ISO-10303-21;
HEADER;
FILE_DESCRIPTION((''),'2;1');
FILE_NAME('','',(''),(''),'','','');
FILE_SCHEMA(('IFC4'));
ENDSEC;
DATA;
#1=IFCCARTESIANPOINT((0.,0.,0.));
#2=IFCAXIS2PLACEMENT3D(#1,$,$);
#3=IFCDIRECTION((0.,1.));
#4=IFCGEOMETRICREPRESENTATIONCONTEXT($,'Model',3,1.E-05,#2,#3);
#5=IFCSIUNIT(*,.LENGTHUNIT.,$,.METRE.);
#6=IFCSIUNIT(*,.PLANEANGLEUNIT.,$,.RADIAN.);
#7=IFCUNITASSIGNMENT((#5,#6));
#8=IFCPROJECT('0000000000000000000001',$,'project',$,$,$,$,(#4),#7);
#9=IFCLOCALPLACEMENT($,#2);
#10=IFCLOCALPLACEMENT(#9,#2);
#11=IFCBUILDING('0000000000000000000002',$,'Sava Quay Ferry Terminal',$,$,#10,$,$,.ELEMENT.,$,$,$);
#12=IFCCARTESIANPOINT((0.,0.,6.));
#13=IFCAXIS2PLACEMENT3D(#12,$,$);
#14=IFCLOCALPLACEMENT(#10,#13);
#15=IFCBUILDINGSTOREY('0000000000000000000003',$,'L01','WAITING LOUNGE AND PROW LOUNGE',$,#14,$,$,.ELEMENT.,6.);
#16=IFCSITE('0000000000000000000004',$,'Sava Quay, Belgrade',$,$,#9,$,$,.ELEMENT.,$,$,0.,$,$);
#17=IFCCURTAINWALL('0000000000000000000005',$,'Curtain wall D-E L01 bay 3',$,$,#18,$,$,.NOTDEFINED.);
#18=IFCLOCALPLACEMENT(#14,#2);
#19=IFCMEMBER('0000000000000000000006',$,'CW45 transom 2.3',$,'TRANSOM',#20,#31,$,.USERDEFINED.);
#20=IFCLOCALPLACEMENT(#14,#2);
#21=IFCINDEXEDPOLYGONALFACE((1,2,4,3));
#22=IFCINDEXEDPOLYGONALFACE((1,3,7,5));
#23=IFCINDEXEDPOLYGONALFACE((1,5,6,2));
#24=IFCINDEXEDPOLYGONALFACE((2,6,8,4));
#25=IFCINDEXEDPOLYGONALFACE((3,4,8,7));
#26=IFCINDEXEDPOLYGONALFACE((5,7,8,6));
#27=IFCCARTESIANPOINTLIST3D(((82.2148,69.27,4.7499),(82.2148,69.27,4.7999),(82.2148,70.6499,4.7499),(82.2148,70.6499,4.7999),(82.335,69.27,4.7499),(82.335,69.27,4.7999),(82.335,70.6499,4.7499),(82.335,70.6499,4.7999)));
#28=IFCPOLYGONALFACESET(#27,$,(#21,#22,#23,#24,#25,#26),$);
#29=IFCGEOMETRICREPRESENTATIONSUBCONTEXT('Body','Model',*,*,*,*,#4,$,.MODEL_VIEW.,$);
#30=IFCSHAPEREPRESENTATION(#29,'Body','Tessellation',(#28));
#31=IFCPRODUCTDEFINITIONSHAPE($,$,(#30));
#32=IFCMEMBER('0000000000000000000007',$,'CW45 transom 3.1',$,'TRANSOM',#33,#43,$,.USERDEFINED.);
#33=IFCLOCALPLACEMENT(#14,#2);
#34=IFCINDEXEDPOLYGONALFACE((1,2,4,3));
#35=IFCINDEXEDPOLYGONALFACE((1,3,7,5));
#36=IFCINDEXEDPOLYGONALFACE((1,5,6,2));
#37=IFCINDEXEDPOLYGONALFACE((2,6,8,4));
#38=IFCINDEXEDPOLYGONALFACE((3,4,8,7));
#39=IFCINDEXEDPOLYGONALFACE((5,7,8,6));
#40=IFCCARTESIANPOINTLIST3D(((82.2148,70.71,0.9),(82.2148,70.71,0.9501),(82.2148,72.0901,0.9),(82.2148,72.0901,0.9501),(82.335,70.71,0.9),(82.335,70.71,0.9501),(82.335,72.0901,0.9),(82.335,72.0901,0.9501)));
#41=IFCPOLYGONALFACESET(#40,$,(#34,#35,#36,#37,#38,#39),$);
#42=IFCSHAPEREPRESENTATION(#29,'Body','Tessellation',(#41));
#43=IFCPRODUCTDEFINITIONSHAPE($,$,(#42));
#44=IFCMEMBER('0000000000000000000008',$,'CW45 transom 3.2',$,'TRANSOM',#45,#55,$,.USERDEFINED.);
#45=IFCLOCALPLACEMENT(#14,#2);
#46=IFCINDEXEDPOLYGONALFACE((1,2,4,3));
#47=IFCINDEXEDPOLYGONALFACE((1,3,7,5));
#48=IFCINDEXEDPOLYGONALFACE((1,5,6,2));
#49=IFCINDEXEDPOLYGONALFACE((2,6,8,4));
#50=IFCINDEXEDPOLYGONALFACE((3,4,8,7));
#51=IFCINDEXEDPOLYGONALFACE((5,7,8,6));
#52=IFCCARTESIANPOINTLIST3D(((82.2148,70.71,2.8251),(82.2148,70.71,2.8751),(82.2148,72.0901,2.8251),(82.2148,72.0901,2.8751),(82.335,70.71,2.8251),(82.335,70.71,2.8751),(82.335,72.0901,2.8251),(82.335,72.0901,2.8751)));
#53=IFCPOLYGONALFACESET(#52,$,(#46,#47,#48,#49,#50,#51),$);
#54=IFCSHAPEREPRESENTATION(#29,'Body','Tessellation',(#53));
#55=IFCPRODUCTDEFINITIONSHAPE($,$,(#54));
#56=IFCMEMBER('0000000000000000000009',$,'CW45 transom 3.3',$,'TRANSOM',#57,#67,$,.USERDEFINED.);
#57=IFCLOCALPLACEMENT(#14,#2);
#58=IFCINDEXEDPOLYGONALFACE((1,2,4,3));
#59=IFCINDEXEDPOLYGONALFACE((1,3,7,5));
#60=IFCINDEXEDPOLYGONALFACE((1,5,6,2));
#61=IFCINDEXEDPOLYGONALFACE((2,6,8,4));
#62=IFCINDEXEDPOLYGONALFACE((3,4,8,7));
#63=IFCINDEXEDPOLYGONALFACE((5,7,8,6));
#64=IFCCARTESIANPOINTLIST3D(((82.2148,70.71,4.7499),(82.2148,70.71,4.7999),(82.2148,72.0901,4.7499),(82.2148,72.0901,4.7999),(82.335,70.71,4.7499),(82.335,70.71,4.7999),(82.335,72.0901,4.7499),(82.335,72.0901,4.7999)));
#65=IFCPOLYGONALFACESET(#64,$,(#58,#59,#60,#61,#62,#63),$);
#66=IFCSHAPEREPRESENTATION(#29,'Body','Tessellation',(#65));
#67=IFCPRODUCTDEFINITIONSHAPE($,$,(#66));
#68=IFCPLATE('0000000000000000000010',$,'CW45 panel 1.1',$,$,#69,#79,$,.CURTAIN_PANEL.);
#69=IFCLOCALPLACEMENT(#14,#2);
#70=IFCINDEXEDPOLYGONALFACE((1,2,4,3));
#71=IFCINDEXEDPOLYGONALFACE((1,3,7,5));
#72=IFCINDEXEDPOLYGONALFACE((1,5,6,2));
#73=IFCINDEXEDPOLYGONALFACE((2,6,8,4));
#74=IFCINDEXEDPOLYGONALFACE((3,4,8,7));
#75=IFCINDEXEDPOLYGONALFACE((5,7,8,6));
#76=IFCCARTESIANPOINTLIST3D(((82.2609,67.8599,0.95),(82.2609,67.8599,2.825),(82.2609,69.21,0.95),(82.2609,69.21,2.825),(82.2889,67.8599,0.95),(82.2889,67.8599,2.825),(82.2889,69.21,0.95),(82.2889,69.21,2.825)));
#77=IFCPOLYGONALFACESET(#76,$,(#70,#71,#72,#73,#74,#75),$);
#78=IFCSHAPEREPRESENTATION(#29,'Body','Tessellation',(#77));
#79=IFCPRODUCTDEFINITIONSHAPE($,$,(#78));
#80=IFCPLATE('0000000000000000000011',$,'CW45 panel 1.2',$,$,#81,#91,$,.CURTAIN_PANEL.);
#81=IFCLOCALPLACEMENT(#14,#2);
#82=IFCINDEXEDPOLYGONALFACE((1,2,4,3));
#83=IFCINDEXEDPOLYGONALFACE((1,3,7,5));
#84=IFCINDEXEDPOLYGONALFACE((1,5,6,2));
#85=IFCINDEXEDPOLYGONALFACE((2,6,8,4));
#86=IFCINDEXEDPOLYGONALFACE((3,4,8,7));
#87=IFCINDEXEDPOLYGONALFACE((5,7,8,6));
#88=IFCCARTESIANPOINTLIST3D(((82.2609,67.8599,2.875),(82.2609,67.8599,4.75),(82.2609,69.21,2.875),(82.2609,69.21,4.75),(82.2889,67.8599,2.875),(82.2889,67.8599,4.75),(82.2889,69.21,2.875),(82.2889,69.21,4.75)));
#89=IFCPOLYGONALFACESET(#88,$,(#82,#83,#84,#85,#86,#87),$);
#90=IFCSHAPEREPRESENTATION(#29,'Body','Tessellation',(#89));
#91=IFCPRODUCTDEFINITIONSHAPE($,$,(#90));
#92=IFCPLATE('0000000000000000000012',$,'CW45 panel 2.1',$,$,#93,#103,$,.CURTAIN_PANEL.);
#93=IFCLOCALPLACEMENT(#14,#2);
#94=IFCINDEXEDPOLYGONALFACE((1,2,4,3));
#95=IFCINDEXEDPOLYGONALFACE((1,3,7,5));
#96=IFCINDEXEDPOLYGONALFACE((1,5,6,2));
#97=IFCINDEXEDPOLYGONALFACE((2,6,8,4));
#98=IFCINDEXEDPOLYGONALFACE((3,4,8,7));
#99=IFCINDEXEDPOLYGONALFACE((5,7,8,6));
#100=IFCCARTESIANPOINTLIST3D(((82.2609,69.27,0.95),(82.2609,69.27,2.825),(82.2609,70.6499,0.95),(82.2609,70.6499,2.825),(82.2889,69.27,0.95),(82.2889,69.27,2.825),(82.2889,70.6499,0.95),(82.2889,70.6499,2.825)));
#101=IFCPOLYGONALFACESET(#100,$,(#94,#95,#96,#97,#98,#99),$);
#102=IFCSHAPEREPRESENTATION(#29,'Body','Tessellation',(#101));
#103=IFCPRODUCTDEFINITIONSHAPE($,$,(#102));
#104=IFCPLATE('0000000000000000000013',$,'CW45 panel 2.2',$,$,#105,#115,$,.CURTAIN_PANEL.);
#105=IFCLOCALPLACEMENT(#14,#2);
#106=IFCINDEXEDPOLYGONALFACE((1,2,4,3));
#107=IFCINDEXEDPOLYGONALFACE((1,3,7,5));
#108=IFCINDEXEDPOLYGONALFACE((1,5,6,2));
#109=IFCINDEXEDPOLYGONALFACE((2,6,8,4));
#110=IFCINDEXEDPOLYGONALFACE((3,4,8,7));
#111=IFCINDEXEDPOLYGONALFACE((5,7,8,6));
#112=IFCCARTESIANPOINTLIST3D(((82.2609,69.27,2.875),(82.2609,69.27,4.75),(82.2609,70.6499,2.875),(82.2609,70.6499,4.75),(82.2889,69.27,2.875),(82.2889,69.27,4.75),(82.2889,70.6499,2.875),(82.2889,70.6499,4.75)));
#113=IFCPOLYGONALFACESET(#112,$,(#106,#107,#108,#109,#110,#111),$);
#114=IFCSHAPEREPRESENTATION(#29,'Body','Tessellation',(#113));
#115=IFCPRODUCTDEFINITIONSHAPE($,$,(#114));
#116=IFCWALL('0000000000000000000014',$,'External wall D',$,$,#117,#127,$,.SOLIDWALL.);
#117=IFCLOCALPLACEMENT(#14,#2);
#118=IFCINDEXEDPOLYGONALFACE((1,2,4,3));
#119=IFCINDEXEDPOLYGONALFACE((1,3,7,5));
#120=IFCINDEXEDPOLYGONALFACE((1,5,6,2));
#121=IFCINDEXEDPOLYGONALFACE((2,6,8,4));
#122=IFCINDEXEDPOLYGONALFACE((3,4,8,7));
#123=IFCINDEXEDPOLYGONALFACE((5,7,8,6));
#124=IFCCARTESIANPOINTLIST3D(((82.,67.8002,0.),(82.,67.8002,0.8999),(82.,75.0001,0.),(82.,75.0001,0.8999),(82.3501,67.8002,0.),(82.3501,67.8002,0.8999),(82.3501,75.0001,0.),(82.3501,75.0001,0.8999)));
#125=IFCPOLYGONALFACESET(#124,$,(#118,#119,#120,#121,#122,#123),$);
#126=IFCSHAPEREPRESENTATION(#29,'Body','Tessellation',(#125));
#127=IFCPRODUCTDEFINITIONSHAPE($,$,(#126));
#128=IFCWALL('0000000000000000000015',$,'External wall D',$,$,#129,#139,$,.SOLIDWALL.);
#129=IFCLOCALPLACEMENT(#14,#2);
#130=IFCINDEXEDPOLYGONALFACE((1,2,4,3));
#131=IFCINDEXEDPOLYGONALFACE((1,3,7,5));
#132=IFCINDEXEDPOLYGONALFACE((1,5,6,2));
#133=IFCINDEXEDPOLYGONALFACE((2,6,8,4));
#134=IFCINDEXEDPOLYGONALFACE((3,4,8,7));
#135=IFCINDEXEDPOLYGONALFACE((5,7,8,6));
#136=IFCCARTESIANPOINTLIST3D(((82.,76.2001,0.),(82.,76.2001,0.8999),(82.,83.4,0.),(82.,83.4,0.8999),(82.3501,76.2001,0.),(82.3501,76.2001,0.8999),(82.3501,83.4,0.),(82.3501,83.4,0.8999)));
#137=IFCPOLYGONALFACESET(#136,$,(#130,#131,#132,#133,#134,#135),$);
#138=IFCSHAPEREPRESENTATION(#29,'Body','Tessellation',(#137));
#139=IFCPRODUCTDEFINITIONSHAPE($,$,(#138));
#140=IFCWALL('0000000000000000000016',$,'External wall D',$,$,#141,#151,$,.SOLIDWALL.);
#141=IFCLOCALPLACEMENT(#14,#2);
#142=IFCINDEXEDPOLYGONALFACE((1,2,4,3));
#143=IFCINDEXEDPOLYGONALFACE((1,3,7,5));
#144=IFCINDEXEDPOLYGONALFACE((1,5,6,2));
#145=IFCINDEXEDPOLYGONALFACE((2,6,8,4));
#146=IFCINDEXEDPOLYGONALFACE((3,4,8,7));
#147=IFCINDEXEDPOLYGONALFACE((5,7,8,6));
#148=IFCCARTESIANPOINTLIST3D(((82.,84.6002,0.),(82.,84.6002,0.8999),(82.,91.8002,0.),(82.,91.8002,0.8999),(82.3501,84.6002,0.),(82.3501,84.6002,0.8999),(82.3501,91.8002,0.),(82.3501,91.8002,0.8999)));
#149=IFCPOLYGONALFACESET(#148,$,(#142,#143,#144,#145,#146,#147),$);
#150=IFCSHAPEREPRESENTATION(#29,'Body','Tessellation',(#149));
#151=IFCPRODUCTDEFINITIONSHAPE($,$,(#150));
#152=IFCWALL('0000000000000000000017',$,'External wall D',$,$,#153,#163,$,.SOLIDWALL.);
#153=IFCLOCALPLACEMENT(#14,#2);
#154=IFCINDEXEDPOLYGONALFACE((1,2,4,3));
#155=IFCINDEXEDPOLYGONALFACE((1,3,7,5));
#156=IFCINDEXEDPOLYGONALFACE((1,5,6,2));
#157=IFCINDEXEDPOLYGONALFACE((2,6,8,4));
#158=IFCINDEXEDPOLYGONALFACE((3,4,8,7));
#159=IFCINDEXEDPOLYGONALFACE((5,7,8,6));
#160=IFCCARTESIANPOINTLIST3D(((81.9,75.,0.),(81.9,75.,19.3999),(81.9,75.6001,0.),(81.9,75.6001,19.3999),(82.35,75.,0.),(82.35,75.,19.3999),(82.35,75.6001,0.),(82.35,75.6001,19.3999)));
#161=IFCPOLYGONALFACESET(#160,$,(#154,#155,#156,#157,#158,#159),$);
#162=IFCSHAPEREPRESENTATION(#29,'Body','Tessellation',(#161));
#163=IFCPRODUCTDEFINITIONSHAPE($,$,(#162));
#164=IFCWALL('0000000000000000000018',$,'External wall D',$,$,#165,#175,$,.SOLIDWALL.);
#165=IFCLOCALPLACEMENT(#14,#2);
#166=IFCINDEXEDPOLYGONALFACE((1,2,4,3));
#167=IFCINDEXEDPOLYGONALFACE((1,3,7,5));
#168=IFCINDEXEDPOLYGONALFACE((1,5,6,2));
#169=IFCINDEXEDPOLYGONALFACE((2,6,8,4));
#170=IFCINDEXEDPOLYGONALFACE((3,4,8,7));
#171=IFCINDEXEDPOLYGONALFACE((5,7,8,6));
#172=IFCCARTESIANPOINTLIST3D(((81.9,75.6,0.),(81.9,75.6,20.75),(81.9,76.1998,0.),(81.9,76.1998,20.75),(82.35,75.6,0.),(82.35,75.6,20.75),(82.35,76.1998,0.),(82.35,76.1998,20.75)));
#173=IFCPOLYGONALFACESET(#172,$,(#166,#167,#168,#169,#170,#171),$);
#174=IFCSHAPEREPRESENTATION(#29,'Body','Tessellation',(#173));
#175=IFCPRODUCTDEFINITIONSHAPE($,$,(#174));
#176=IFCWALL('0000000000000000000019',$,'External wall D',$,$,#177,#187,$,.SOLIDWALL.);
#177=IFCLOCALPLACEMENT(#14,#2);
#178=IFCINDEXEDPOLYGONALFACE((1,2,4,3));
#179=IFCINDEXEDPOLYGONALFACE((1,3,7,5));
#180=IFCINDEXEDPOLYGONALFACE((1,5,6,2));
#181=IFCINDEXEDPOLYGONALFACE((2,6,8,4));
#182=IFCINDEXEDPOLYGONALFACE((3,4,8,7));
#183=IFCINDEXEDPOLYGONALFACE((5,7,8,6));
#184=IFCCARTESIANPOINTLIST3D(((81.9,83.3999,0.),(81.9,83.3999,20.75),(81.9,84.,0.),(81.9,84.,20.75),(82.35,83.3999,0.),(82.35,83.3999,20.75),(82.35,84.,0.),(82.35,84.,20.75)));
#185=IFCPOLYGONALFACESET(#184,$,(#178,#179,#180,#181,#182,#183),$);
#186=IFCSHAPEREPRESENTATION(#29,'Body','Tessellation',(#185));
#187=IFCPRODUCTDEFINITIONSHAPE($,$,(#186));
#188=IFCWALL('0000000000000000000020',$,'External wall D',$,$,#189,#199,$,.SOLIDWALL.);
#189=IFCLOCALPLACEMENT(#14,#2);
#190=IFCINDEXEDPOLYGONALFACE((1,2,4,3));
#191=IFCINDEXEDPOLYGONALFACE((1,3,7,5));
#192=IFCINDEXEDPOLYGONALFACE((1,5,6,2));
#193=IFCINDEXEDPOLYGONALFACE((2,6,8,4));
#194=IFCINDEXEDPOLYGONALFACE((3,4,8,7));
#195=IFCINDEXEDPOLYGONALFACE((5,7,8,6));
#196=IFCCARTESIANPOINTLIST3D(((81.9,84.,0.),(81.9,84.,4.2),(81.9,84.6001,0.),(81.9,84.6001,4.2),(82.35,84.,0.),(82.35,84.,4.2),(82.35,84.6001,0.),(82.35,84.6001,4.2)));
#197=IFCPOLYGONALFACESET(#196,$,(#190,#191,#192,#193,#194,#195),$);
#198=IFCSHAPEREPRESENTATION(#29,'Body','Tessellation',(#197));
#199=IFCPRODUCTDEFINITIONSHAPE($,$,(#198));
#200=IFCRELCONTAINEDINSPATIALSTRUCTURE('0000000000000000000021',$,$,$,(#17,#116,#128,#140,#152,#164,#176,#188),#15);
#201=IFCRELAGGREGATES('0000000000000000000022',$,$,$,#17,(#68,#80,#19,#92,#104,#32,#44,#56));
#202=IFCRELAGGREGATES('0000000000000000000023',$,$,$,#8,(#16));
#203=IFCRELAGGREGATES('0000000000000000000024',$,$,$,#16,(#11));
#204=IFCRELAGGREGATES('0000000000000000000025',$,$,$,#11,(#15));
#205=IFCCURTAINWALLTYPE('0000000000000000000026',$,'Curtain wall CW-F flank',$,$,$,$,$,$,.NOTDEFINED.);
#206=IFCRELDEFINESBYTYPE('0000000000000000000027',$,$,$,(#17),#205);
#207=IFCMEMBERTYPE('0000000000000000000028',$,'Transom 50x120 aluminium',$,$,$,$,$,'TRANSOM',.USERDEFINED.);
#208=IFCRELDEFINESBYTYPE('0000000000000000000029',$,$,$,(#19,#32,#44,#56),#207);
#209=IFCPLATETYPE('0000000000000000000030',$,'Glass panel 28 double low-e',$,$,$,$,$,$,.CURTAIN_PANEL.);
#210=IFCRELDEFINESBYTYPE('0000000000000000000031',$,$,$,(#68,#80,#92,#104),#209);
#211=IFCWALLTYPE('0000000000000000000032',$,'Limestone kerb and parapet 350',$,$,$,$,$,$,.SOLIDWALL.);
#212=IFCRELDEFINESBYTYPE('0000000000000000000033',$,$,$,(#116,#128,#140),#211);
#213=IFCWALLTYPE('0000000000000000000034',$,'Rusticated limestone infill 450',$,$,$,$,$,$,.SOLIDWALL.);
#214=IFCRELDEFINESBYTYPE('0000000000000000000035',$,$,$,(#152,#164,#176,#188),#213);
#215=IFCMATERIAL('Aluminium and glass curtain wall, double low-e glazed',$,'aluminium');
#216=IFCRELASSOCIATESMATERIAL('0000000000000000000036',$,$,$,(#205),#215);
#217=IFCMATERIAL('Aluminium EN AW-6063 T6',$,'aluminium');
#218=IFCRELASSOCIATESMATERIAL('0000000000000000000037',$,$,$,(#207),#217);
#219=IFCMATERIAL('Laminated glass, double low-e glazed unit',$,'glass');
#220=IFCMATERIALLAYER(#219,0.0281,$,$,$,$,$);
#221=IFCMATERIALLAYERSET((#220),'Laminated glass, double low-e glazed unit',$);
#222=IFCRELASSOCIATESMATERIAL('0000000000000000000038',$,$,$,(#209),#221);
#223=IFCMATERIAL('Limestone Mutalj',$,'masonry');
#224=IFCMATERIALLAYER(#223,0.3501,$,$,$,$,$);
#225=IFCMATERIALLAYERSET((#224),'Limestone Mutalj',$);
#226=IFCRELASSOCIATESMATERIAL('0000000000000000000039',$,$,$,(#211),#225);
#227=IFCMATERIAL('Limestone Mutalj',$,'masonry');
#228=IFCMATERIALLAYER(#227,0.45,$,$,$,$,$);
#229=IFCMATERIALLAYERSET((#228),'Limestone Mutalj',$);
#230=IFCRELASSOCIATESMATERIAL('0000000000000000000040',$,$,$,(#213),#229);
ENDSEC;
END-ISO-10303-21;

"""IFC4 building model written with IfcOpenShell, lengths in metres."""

from ifc_helpers import new_model, si_unit, direction, frame, frame_2d, origin, origin_2d, place, context, subcontext, project, spatial, rectangle, extrude, material, layer, layer_set, material_profile, profile_set, type_object, element, aggregate, save


model = new_model("IFC4")

# Units and contexts
model_context = context("Model", 3, precision=1e-05, world=origin(), true_north=direction((0.0, 1.0)))
body_context = subcontext(model_context, "Body", "Model", "MODEL_VIEW")
ifc_project = project(units=[si_unit("LENGTHUNIT", "METRE"), si_unit("PLANEANGLEUNIT", "RADIAN")], contexts=[model_context])

# Site, building, storey
site_placement = place(None, origin())
site = spatial("IfcSite", under=ifc_project, at=site_placement, Name="Sava Quay, Belgrade", CompositionType="ELEMENT", RefElevation=0.0)
building_placement = place(site_placement, origin())
building = spatial("IfcBuilding", under=site, at=building_placement, Name="Sava Quay Ferry Terminal", CompositionType="ELEMENT")
storey_placement = place(building_placement, frame((0.0, 0.0, 6.0)))
storey = spatial("IfcBuildingStorey", under=building, at=storey_placement, Name="L01", Description="WAITING LOUNGE AND PROW LOUNGE", CompositionType="ELEMENT", Elevation=6.0)

# Curtain wall, members, plates
ifc_material_1 = material(Name="Aluminium and glass curtain wall, double low-e glazed", Category="aluminium")
curtain_wall_type = type_object("IfcCurtainWallType", Name="Curtain wall CW-F flank", PredefinedType="NOTDEFINED", material=ifc_material_1)
curtain_wall_placement = place(storey_placement, origin())
curtain_wall = element("IfcCurtainWall", 1, at=curtain_wall_placement, inside=storey, type_object=curtain_wall_type, Name="Curtain wall D-E L01 bay 3", PredefinedType="NOTDEFINED")
ifc_material_2 = material(Name="Aluminium EN AW-6063 T6", Category="aluminium")
ifc_material_profile_1 = material_profile(ifc_material_2, rectangle(XDim=0.1201, YDim=0.05, at=origin_2d()), Name="Transom 50x120 aluminium")
ifc_profile_set_1 = profile_set([ifc_material_profile_1], Name="Aluminium EN AW-6063 T6")
member_type_1 = type_object("IfcMemberType", Name="Transom 50x120 aluminium", ElementType="TRANSOM", PredefinedType="USERDEFINED", material=ifc_profile_set_1)
member_1_placement = place(storey_placement, frame((82.2749, 69.27, 4.7749), z_axis=(0.0, 1.0, 0.0), x_axis=(-1.0, 0.0, 0.0)))
member_1 = element("IfcMember", 2, at=member_1_placement, type_object=member_type_1, Name="CW45 transom 2.3", ObjectType="TRANSOM", PredefinedType="USERDEFINED", context=body_context, shape_type="SweptSolid", body=[
    extrude(rectangle(XDim=0.1201, YDim=0.05, at=origin_2d()), origin(), (0.0, 0.0, 1.0), 1.3799),
])
member_2_placement = place(storey_placement, frame((82.2749, 70.71, 0.925), z_axis=(0.0, 1.0, 0.0), x_axis=(-1.0, 0.0, 0.0)))
member_2 = element("IfcMember", 3, at=member_2_placement, type_object=member_type_1, Name="CW45 transom 3.1", ObjectType="TRANSOM", PredefinedType="USERDEFINED", context=body_context, shape_type="SweptSolid", body=[
    extrude(rectangle(XDim=0.1201, YDim=0.05, at=origin_2d()), origin(), (0.0, 0.0, 1.0), 1.3801),
])
member_3_placement = place(storey_placement, frame((82.2749, 70.71, 2.8501), z_axis=(0.0, 1.0, 0.0), x_axis=(-1.0, 0.0, 0.0)))
member_3 = element("IfcMember", 4, at=member_3_placement, type_object=member_type_1, Name="CW45 transom 3.2", ObjectType="TRANSOM", PredefinedType="USERDEFINED", context=body_context, shape_type="SweptSolid", body=[
    extrude(rectangle(XDim=0.1201, YDim=0.05, at=origin_2d()), origin(), (0.0, 0.0, 1.0), 1.3801),
])
member_4_placement = place(storey_placement, frame((82.2749, 70.71, 4.7749), z_axis=(0.0, 1.0, 0.0), x_axis=(-1.0, 0.0, 0.0)))
member_4 = element("IfcMember", 5, at=member_4_placement, type_object=member_type_1, Name="CW45 transom 3.3", ObjectType="TRANSOM", PredefinedType="USERDEFINED", context=body_context, shape_type="SweptSolid", body=[
    extrude(rectangle(XDim=0.1201, YDim=0.05, at=origin_2d()), origin(), (0.0, 0.0, 1.0), 1.3801),
])
ifc_material_3 = material(Name="Laminated glass, double low-e glazed unit", Category="glass")
ifc_layer_1 = layer(ifc_material_3, 0.0281)
ifc_layer_set_1 = layer_set([ifc_layer_1], Name="Laminated glass, double low-e glazed unit")
plate_type = type_object("IfcPlateType", Name="Glass panel 28 double low-e", PredefinedType="CURTAIN_PANEL", material=ifc_layer_set_1)
plate_1_placement = place(storey_placement, frame((82.2749, 68.5349, 0.95), z_axis=(0.0, 0.0, 1.0), x_axis=(0.0, 1.0, 0.0)))
plate_1 = element("IfcPlate", 6, at=plate_1_placement, type_object=plate_type, Name="CW45 panel 1.1", PredefinedType="CURTAIN_PANEL", context=body_context, shape_type="SweptSolid", body=[
    extrude(rectangle(XDim=1.3501, YDim=0.0281, at=origin_2d()), origin(), (0.0, 0.0, 1.0), 1.875),
])
plate_2_placement = place(storey_placement, frame((82.2749, 68.5349, 2.875), z_axis=(0.0, 0.0, 1.0), x_axis=(0.0, 1.0, 0.0)))
plate_2 = element("IfcPlate", 7, at=plate_2_placement, type_object=plate_type, Name="CW45 panel 1.2", PredefinedType="CURTAIN_PANEL", context=body_context, shape_type="SweptSolid", body=[
    extrude(rectangle(XDim=1.3501, YDim=0.0281, at=origin_2d()), origin(), (0.0, 0.0, 1.0), 1.875),
])
plate_3_placement = place(storey_placement, frame((82.2749, 69.96, 0.95), z_axis=(0.0, 0.0, 1.0), x_axis=(0.0, 1.0, 0.0)))
plate_3 = element("IfcPlate", 8, at=plate_3_placement, type_object=plate_type, Name="CW45 panel 2.1", PredefinedType="CURTAIN_PANEL", context=body_context, shape_type="SweptSolid", body=[
    extrude(rectangle(XDim=1.3799, YDim=0.0281, at=origin_2d()), origin(), (0.0, 0.0, 1.0), 1.875),
])
plate_4_placement = place(storey_placement, frame((82.2749, 69.96, 2.875), z_axis=(0.0, 0.0, 1.0), x_axis=(0.0, 1.0, 0.0)))
plate_4 = element("IfcPlate", 9, at=plate_4_placement, type_object=plate_type, Name="CW45 panel 2.2", PredefinedType="CURTAIN_PANEL", context=body_context, shape_type="SweptSolid", body=[
    extrude(rectangle(XDim=1.3799, YDim=0.0281, at=origin_2d()), origin(), (0.0, 0.0, 1.0), 1.875),
])
aggregate(curtain_wall, [plate_1, plate_2, member_1, plate_3, plate_4, member_2, member_3, member_4])

# Walls
ifc_material_4 = material(Name="Limestone Mutalj", Category="masonry")
ifc_layer_2 = layer(ifc_material_4, 0.3501)
ifc_layer_set_2 = layer_set([ifc_layer_2], Name="Limestone Mutalj")
wall_type_1 = type_object("IfcWallType", Name="Limestone kerb and parapet 350", PredefinedType="SOLIDWALL", material=ifc_layer_set_2)
for number, where, z_axis, x_axis, name in (
    (10, (82.175, 67.8, 0.0), (0.0, 0.0, 1.0), (0.0, 1.0, 0.0), "External wall D"),
    (11, (82.175, 76.2, 0.0), (0.0, 0.0, 1.0), (0.0, 1.0, 0.0), "External wall D"),
    (12, (82.175, 84.6001, 0.0), (0.0, 0.0, 1.0), (0.0, 1.0, 0.0), "External wall D"),
):
    element("IfcWall", number, at=place(storey_placement, frame(where, z_axis=z_axis, x_axis=x_axis)), inside=storey, type_object=wall_type_1, Name=name, PredefinedType="SOLIDWALL", context=body_context, shape_type="SweptSolid", body=[
        extrude(rectangle(XDim=7.2, YDim=0.3501, at=frame_2d((3.6001, 0.0))), origin(), (0.0, 0.0, 1.0), 0.8999),
    ])
ifc_material_5 = material(Name="Limestone Mutalj", Category="masonry")
ifc_layer_3 = layer(ifc_material_5, 0.45)
ifc_layer_set_3 = layer_set([ifc_layer_3], Name="Limestone Mutalj")
wall_type_2 = type_object("IfcWallType", Name="Rusticated limestone infill 450", PredefinedType="SOLIDWALL", material=ifc_layer_set_3)
wall_1_placement = place(storey_placement, frame((82.125, 75.0, 0.0), z_axis=(0.0, 0.0, 1.0), x_axis=(0.0, 1.0, 0.0)))
element("IfcWall", 13, at=wall_1_placement, inside=storey, type_object=wall_type_2, Name="External wall D", PredefinedType="SOLIDWALL", context=body_context, shape_type="SweptSolid", body=[
    extrude(rectangle(XDim=0.6001, YDim=0.45, at=frame_2d((0.3, 0.0))), origin(), (0.0, 0.0, 1.0), 19.3999),
])
wall_2_placement = place(storey_placement, frame((82.125, 75.6001, 0.0), z_axis=(0.0, 0.0, 1.0), x_axis=(0.0, 1.0, 0.0)))
element("IfcWall", 14, at=wall_2_placement, inside=storey, type_object=wall_type_2, Name="External wall D", PredefinedType="SOLIDWALL", context=body_context, shape_type="SweptSolid", body=[
    extrude(rectangle(XDim=0.5999, YDim=0.45, at=frame_2d((0.2998, 0.0))), origin(), (0.0, 0.0, 1.0), 20.75),
])
wall_3_placement = place(storey_placement, frame((82.125, 83.3999, 0.0), z_axis=(0.0, 0.0, 1.0), x_axis=(0.0, 1.0, 0.0)))
element("IfcWall", 15, at=wall_3_placement, inside=storey, type_object=wall_type_2, Name="External wall D", PredefinedType="SOLIDWALL", context=body_context, shape_type="SweptSolid", body=[
    extrude(rectangle(XDim=0.6001, YDim=0.45, at=frame_2d((0.3, 0.0))), origin(), (0.0, 0.0, 1.0), 20.75),
])
wall_4_placement = place(storey_placement, frame((82.125, 84.0, 0.0), z_axis=(0.0, 0.0, 1.0), x_axis=(0.0, 1.0, 0.0)))
element("IfcWall", 16, at=wall_4_placement, inside=storey, type_object=wall_type_2, Name="External wall D", PredefinedType="SOLIDWALL", context=body_context, shape_type="SweptSolid", body=[
    extrude(rectangle(XDim=0.6001, YDim=0.45, at=frame_2d((0.3, 0.0))), origin(), (0.0, 0.0, 1.0), 4.2),
])

save(model, "model.ifc")
